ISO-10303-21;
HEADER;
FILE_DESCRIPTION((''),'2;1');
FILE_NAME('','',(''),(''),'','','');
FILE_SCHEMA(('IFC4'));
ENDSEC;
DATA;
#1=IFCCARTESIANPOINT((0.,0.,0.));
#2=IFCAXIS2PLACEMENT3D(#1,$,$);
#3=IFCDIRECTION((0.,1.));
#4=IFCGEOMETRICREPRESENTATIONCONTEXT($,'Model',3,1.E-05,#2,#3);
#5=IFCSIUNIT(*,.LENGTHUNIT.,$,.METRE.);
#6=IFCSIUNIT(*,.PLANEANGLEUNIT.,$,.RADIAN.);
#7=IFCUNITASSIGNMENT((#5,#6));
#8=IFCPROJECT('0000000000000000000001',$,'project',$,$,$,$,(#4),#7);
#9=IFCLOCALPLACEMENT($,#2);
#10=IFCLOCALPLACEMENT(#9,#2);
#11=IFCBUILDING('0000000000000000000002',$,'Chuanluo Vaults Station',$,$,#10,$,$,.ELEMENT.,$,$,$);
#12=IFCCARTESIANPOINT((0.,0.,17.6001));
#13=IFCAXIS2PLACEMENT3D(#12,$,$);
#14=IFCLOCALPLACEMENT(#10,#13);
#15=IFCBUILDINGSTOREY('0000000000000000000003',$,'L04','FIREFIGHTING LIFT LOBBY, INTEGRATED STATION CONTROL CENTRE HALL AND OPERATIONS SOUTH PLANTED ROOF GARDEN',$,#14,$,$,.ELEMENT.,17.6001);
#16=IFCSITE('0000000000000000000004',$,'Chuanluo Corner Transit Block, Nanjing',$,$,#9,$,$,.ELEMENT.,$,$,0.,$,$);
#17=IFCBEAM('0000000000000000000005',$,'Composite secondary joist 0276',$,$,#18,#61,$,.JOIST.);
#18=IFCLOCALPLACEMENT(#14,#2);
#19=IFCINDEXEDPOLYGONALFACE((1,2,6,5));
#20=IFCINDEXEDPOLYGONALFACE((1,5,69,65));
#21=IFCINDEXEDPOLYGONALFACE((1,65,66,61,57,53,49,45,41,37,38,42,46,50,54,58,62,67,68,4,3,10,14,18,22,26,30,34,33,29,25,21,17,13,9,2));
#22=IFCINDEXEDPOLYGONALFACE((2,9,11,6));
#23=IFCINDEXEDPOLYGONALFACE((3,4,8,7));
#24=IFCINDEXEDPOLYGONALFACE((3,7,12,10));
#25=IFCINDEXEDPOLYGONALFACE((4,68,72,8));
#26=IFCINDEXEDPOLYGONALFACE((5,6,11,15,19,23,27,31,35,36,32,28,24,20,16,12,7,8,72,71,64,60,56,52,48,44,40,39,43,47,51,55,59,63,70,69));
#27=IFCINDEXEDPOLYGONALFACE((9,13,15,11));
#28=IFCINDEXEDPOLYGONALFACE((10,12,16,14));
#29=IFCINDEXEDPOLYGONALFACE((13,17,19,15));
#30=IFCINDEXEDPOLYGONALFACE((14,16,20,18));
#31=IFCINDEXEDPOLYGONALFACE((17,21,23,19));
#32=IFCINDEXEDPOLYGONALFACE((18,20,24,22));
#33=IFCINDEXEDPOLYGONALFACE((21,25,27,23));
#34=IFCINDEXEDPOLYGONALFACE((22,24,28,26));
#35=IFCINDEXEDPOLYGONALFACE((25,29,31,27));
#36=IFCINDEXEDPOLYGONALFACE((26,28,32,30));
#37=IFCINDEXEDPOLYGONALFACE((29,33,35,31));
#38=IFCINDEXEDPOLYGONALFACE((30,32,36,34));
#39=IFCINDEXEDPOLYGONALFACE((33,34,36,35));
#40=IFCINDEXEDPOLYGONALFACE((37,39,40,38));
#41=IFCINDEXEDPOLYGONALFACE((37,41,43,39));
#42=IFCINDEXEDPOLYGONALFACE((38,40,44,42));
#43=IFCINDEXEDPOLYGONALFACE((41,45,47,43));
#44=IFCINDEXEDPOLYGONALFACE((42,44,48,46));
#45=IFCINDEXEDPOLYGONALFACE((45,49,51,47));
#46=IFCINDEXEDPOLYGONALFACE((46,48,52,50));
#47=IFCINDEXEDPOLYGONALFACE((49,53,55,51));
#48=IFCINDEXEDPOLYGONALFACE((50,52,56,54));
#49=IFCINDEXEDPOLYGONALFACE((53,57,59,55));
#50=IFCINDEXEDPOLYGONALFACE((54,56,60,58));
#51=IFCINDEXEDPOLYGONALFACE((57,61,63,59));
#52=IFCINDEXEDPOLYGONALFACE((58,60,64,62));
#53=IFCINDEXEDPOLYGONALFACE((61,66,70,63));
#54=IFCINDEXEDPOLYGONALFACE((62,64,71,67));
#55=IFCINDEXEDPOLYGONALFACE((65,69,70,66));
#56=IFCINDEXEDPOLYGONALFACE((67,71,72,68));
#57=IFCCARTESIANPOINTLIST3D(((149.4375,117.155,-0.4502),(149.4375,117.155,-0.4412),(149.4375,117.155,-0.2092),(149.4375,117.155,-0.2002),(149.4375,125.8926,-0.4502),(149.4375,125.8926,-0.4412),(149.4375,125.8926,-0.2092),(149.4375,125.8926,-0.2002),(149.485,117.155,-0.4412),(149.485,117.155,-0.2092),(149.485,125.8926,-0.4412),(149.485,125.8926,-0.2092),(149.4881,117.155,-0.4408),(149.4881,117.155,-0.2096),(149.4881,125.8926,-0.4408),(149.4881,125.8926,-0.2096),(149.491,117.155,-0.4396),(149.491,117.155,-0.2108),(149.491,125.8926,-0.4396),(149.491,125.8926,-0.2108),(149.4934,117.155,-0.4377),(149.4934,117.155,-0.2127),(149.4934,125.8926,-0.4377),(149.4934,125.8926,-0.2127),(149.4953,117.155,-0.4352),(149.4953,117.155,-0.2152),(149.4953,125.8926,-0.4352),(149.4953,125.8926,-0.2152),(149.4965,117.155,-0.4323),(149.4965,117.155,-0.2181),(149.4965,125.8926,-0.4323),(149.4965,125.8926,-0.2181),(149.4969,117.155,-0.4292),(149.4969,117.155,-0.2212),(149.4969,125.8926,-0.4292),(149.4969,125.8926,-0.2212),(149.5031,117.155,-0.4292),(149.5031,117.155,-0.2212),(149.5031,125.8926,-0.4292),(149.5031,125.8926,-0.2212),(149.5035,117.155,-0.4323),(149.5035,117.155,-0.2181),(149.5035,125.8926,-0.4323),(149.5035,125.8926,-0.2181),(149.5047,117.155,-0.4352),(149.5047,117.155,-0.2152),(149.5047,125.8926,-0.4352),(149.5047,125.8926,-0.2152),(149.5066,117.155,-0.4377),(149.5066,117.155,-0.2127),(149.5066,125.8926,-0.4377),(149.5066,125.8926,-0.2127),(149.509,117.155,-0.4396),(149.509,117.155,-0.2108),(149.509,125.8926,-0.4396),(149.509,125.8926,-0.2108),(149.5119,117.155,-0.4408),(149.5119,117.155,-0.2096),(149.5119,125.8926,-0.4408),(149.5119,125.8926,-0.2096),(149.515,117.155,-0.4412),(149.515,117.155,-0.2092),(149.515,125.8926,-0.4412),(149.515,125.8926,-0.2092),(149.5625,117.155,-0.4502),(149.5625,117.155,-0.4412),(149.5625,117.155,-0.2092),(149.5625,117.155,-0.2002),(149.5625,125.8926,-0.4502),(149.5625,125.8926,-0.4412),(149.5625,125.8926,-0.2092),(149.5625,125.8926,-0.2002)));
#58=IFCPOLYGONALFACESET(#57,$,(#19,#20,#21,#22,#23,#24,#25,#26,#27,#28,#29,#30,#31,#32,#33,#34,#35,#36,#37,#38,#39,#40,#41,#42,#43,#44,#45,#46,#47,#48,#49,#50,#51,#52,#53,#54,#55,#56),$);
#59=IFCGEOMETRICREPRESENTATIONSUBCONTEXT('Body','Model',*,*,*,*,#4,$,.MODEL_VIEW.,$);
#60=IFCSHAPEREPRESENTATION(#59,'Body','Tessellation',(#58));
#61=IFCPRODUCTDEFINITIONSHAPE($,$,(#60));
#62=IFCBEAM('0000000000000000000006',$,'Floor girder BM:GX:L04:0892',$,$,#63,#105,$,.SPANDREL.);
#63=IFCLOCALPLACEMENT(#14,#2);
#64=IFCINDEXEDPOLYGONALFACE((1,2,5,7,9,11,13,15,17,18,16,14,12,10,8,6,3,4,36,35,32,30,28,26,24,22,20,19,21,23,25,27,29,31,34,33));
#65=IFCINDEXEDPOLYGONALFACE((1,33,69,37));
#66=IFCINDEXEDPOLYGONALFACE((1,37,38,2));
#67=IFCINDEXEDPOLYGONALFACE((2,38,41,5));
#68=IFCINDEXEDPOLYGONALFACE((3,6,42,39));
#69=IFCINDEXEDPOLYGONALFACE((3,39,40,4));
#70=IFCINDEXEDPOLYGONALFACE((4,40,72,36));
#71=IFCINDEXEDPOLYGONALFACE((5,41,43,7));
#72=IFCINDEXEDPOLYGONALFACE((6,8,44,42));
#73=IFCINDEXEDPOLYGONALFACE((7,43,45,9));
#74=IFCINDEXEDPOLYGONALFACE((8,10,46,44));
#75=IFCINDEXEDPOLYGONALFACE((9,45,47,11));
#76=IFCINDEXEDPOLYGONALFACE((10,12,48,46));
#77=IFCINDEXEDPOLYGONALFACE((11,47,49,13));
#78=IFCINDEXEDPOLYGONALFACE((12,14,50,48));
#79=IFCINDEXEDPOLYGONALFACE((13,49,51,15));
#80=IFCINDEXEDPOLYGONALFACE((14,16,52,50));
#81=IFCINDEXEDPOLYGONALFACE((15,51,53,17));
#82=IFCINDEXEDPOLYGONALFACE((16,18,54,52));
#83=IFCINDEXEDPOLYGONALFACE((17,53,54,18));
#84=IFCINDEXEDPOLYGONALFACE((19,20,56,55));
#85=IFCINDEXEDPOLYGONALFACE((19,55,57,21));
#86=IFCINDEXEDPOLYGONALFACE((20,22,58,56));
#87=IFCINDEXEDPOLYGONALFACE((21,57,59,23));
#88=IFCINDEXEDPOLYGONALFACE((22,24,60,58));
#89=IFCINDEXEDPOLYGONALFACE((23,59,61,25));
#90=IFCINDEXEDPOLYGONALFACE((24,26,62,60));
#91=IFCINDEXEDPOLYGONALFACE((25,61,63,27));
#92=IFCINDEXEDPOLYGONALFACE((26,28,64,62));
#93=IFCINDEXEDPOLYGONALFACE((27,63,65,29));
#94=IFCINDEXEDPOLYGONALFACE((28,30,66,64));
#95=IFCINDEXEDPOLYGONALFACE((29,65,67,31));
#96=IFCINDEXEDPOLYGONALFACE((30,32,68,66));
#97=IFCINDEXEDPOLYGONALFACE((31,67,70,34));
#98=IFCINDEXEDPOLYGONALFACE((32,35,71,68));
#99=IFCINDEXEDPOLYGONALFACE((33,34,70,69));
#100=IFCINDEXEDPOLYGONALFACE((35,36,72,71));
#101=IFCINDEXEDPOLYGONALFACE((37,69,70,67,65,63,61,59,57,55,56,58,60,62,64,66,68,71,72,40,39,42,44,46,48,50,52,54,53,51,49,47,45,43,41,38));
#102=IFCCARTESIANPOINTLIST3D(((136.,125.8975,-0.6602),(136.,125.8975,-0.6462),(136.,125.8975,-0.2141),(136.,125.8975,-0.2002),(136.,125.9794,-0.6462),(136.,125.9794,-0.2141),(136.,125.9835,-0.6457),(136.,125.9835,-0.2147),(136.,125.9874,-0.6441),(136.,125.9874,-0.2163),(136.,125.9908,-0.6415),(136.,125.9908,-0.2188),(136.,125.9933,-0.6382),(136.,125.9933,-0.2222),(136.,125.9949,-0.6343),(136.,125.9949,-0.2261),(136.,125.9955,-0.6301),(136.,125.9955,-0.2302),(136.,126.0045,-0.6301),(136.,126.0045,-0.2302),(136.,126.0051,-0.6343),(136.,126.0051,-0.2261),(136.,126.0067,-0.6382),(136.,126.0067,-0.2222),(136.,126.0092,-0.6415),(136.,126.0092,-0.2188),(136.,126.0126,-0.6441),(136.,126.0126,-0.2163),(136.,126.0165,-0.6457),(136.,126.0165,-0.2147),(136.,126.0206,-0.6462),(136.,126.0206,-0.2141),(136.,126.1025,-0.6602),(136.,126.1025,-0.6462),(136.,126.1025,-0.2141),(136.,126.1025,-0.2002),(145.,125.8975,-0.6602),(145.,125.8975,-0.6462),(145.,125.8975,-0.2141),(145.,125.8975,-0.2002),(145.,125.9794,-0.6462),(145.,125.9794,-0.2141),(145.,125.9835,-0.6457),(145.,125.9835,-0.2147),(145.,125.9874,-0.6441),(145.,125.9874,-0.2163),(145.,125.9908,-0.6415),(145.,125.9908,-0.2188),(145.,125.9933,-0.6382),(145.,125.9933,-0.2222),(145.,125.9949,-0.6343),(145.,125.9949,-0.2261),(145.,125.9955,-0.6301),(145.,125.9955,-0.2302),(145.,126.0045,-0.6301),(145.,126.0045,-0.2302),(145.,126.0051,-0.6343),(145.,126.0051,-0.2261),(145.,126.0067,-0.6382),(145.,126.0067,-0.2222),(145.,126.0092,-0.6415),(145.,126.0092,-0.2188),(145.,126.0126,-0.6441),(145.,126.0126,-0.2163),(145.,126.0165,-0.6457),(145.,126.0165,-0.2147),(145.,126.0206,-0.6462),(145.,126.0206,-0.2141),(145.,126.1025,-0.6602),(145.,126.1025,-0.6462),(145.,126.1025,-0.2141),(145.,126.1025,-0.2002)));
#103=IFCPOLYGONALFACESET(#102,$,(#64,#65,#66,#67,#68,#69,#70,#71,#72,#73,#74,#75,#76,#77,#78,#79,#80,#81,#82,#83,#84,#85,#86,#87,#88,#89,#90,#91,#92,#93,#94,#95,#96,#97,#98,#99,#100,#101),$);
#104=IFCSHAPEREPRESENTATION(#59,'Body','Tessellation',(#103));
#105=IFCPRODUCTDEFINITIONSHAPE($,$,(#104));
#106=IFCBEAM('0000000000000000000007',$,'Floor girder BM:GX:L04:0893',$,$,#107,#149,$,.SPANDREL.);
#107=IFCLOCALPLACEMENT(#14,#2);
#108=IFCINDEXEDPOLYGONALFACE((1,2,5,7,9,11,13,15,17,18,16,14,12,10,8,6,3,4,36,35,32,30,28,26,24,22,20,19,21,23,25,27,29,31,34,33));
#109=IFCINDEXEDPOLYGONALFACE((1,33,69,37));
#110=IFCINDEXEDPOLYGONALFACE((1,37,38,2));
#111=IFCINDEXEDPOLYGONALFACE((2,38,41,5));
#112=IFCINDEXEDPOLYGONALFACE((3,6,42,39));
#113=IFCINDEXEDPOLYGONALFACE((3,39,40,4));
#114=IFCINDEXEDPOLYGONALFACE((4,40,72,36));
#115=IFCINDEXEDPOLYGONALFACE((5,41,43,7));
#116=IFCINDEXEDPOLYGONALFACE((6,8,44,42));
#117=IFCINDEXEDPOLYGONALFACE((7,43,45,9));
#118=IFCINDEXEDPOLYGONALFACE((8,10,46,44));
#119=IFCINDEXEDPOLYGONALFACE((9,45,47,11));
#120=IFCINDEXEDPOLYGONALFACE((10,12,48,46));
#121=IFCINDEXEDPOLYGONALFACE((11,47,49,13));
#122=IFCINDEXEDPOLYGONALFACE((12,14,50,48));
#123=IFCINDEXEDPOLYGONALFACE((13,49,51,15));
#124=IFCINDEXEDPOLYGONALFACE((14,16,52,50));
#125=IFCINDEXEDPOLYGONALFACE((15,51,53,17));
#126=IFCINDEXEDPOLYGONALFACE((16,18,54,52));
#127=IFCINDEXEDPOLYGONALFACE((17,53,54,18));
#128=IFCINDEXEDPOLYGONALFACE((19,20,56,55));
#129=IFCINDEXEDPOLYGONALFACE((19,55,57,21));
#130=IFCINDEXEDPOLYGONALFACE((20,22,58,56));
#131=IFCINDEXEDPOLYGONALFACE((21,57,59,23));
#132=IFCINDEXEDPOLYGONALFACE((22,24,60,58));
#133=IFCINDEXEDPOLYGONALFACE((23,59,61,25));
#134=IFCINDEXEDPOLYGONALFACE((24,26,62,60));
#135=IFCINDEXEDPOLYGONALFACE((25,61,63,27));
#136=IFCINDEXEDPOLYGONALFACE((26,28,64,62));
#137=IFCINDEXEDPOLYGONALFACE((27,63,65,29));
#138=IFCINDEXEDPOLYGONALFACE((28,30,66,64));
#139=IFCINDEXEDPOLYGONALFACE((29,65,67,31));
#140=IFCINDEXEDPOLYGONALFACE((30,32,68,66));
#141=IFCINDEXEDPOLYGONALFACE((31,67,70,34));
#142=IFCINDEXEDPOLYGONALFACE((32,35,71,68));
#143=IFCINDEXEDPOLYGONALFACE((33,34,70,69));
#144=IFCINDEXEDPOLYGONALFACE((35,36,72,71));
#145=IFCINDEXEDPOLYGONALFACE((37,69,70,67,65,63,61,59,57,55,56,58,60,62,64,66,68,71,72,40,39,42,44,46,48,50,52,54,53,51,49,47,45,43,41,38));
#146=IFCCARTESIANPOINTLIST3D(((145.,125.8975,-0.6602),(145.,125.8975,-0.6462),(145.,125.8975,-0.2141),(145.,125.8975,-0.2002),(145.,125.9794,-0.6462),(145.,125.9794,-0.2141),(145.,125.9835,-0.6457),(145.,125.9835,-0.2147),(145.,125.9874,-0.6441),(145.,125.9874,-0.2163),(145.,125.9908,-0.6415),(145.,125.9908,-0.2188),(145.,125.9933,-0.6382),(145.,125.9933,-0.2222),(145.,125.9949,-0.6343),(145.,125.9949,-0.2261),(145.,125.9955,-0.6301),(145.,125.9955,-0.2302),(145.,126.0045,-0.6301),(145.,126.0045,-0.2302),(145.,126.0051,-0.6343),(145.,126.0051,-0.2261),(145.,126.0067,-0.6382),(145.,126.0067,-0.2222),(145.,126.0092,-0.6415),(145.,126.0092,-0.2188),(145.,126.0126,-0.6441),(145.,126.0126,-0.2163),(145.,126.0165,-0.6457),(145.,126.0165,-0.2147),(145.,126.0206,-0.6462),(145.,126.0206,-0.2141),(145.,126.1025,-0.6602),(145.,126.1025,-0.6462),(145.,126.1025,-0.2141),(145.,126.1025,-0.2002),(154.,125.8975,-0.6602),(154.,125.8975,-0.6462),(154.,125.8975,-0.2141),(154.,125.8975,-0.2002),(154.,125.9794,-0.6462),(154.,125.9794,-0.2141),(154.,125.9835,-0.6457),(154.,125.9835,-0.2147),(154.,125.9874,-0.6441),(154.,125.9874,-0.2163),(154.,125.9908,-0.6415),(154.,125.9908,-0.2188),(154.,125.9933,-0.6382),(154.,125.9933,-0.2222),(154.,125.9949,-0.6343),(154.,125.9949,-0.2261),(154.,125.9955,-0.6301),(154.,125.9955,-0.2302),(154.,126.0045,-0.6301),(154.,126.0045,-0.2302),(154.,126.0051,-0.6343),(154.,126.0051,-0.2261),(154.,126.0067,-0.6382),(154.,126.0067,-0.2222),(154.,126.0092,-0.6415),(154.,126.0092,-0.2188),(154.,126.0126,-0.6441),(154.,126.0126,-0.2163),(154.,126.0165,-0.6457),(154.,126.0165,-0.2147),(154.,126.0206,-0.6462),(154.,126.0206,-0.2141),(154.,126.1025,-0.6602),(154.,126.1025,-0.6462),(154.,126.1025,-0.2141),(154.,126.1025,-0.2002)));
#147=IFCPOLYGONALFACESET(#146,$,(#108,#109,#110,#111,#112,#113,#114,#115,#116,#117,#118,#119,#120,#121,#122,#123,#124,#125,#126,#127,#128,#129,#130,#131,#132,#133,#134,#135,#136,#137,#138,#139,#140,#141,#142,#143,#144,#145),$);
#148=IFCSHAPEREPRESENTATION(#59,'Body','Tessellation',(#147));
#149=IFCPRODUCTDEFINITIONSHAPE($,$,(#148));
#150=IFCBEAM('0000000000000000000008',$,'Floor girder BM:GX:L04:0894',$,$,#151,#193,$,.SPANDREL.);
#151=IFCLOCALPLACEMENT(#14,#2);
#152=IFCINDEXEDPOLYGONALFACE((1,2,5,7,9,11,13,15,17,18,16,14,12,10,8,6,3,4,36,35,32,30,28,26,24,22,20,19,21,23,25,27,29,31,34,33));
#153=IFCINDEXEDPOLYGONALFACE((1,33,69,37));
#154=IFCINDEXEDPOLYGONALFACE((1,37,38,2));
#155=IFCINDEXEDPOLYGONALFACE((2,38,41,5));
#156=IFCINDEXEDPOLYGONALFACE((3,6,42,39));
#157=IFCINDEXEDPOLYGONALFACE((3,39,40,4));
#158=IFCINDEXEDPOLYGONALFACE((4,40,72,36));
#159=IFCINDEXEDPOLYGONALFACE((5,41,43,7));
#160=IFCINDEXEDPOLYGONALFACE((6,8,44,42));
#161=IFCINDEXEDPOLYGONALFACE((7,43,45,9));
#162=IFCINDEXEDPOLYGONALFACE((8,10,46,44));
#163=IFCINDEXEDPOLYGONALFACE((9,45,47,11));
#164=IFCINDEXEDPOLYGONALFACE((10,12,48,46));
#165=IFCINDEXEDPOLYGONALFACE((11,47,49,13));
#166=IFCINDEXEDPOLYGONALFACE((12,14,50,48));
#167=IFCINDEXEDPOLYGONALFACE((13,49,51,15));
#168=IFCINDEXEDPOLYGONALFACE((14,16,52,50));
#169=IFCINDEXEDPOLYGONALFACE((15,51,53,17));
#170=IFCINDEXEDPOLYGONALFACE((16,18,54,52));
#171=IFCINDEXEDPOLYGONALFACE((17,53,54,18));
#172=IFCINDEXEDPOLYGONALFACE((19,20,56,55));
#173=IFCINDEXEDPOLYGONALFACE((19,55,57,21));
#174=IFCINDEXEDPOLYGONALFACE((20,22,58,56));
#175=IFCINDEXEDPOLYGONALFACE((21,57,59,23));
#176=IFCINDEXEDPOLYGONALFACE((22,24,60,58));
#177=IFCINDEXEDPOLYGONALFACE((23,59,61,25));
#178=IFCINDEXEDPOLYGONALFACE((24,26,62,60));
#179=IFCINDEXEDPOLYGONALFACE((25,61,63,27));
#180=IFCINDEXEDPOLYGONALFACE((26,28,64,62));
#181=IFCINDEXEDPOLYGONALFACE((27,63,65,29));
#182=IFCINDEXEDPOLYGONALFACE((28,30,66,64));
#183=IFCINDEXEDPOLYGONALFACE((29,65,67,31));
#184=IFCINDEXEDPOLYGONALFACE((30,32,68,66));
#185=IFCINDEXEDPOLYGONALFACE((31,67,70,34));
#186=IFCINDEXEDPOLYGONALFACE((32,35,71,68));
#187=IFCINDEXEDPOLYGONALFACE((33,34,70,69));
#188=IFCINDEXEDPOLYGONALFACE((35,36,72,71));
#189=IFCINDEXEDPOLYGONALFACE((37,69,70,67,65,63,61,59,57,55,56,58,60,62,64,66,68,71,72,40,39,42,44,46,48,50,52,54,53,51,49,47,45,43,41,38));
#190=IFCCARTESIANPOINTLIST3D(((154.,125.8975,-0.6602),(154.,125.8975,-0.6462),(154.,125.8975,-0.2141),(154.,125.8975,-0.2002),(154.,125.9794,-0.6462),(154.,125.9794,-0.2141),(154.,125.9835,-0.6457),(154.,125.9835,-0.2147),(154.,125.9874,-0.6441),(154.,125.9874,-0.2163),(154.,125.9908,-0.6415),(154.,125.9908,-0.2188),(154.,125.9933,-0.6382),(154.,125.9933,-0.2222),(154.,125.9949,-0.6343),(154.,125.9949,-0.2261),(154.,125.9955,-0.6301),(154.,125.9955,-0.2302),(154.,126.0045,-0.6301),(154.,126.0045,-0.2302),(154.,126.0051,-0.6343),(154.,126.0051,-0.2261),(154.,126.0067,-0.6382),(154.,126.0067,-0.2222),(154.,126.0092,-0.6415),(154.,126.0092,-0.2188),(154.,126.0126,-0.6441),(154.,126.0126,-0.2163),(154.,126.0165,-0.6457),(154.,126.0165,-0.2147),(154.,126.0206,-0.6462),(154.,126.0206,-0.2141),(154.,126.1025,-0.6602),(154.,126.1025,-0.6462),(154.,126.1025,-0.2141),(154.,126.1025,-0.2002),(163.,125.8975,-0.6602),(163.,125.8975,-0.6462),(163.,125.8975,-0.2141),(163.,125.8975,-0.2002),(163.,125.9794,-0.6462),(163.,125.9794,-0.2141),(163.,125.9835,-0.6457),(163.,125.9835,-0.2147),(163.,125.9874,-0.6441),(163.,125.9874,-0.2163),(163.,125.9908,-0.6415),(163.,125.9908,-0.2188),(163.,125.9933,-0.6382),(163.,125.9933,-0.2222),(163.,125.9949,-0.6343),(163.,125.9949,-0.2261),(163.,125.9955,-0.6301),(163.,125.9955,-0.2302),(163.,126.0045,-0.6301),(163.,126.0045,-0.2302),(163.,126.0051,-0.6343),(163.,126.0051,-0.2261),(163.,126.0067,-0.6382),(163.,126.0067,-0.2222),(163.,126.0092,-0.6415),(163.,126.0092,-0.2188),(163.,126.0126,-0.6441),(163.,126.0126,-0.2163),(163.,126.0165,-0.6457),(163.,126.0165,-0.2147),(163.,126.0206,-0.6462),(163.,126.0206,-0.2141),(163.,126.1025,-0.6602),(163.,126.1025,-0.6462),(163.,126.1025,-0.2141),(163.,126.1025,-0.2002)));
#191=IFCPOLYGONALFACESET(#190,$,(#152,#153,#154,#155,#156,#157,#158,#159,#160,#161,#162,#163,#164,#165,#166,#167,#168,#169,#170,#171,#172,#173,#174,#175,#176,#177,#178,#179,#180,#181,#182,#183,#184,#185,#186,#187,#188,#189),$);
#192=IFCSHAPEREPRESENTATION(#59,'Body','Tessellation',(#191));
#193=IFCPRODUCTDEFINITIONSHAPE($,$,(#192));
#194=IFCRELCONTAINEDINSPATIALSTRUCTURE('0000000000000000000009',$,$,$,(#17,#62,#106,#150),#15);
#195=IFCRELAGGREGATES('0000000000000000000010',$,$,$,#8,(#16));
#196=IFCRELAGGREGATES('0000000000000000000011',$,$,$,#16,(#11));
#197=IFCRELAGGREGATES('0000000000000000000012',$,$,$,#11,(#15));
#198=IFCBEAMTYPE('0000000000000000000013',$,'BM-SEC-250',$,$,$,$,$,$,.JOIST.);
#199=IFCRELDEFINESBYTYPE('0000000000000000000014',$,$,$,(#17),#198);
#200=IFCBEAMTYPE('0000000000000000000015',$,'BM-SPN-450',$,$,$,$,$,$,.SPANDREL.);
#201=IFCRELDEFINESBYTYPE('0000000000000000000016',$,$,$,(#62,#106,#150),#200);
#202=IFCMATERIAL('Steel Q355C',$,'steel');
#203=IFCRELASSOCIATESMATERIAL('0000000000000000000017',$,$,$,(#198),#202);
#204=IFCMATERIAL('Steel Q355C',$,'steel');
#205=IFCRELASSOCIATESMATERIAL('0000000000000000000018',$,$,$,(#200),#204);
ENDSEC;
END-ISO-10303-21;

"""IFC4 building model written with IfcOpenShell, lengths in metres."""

from ifc_helpers import new_model, si_unit, direction, frame, origin, origin_2d, place, context, subcontext, project, spatial, i_section, extrude, material, material_profile, profile_set, type_object, element, save


model = new_model("IFC4")

# Units and contexts
model_context = context("Model", 3, precision=1e-05, world=origin(), true_north=direction((0.0, 1.0)))
body_context = subcontext(model_context, "Body", "Model", "MODEL_VIEW")
ifc_project = project(units=[si_unit("LENGTHUNIT", "METRE"), si_unit("PLANEANGLEUNIT", "RADIAN")], contexts=[model_context])

# Site, building, storey
site_placement = place(None, origin())
site = spatial("IfcSite", under=ifc_project, at=site_placement, Name="Chuanluo Corner Transit Block, Nanjing", CompositionType="ELEMENT", RefElevation=0.0)
building_placement = place(site_placement, origin())
building = spatial("IfcBuilding", under=site, at=building_placement, Name="Chuanluo Vaults Station", CompositionType="ELEMENT")
storey_placement = place(building_placement, frame((0.0, 0.0, 17.6001)))
storey = spatial("IfcBuildingStorey", under=building, at=storey_placement, Name="L04", Description="FIREFIGHTING LIFT LOBBY, INTEGRATED STATION CONTROL CENTRE HALL AND OPERATIONS SOUTH PLANTED ROOF GARDEN", CompositionType="ELEMENT", Elevation=17.6001)

# Beams
ifc_material_1 = material(Name="Steel Q355C", Category="steel")
ifc_material_profile_1 = material_profile(ifc_material_1, i_section(OverallWidth=0.125, OverallDepth=0.25, WebThickness=0.0061, FlangeThickness=0.009, FilletRadius=0.012, at=origin_2d()))
ifc_profile_set_1 = profile_set([ifc_material_profile_1], Name="Steel Q355C")
beam_type_1 = type_object("IfcBeamType", Name="BM-SEC-250", PredefinedType="JOIST", material=ifc_profile_set_1)
for number, where, z_axis, x_axis, name in (
    (1, (149.5, 117.155, -0.3252), (0.0, 1.0, 0.0), (-1.0, 0.0, 0.0), "Composite secondary joist 0276"),
):
    element("IfcBeam", number, at=place(storey_placement, frame(where, z_axis=z_axis, x_axis=x_axis)), inside=storey, type_object=beam_type_1, Name=name, PredefinedType="JOIST", context=body_context, shape_type="SweptSolid", body=[
        extrude(i_section(OverallWidth=0.125, OverallDepth=0.25, WebThickness=0.0061, FlangeThickness=0.009, FilletRadius=0.012, at=origin_2d()), origin(), (0.0, 0.0, 1.0), 8.7375),
    ])
ifc_material_2 = material(Name="Steel Q355C", Category="steel")
ifc_material_profile_2 = material_profile(ifc_material_2, i_section(OverallWidth=0.2051, OverallDepth=0.46, WebThickness=0.009, FlangeThickness=0.0139, FilletRadius=0.0161, at=origin_2d()))
ifc_profile_set_2 = profile_set([ifc_material_profile_2], Name="Steel Q355C")
beam_type_2 = type_object("IfcBeamType", Name="BM-SPN-450", PredefinedType="SPANDREL", material=ifc_profile_set_2)
for number, where, z_axis, x_axis, name in (
    (2, (136.0, 126.0, -0.4302), (1.0, 0.0, 0.0), (0.0, 1.0, 0.0), "Floor girder BM:GX:L04:0892"),
    (3, (145.0, 126.0, -0.4302), (1.0, 0.0, 0.0), (0.0, 1.0, 0.0), "Floor girder BM:GX:L04:0893"),
    (4, (154.0, 126.0, -0.4302), (1.0, 0.0, 0.0), (0.0, 1.0, 0.0), "Floor girder BM:GX:L04:0894"),
):
    element("IfcBeam", number, at=place(storey_placement, frame(where, z_axis=z_axis, x_axis=x_axis)), inside=storey, type_object=beam_type_2, Name=name, PredefinedType="SPANDREL", context=body_context, shape_type="SweptSolid", body=[
        extrude(i_section(OverallWidth=0.2051, OverallDepth=0.46, WebThickness=0.009, FlangeThickness=0.0139, FilletRadius=0.0161, at=origin_2d()), origin(), (0.0, 0.0, 1.0), 9.0),
    ])

save(model, "model.ifc")
